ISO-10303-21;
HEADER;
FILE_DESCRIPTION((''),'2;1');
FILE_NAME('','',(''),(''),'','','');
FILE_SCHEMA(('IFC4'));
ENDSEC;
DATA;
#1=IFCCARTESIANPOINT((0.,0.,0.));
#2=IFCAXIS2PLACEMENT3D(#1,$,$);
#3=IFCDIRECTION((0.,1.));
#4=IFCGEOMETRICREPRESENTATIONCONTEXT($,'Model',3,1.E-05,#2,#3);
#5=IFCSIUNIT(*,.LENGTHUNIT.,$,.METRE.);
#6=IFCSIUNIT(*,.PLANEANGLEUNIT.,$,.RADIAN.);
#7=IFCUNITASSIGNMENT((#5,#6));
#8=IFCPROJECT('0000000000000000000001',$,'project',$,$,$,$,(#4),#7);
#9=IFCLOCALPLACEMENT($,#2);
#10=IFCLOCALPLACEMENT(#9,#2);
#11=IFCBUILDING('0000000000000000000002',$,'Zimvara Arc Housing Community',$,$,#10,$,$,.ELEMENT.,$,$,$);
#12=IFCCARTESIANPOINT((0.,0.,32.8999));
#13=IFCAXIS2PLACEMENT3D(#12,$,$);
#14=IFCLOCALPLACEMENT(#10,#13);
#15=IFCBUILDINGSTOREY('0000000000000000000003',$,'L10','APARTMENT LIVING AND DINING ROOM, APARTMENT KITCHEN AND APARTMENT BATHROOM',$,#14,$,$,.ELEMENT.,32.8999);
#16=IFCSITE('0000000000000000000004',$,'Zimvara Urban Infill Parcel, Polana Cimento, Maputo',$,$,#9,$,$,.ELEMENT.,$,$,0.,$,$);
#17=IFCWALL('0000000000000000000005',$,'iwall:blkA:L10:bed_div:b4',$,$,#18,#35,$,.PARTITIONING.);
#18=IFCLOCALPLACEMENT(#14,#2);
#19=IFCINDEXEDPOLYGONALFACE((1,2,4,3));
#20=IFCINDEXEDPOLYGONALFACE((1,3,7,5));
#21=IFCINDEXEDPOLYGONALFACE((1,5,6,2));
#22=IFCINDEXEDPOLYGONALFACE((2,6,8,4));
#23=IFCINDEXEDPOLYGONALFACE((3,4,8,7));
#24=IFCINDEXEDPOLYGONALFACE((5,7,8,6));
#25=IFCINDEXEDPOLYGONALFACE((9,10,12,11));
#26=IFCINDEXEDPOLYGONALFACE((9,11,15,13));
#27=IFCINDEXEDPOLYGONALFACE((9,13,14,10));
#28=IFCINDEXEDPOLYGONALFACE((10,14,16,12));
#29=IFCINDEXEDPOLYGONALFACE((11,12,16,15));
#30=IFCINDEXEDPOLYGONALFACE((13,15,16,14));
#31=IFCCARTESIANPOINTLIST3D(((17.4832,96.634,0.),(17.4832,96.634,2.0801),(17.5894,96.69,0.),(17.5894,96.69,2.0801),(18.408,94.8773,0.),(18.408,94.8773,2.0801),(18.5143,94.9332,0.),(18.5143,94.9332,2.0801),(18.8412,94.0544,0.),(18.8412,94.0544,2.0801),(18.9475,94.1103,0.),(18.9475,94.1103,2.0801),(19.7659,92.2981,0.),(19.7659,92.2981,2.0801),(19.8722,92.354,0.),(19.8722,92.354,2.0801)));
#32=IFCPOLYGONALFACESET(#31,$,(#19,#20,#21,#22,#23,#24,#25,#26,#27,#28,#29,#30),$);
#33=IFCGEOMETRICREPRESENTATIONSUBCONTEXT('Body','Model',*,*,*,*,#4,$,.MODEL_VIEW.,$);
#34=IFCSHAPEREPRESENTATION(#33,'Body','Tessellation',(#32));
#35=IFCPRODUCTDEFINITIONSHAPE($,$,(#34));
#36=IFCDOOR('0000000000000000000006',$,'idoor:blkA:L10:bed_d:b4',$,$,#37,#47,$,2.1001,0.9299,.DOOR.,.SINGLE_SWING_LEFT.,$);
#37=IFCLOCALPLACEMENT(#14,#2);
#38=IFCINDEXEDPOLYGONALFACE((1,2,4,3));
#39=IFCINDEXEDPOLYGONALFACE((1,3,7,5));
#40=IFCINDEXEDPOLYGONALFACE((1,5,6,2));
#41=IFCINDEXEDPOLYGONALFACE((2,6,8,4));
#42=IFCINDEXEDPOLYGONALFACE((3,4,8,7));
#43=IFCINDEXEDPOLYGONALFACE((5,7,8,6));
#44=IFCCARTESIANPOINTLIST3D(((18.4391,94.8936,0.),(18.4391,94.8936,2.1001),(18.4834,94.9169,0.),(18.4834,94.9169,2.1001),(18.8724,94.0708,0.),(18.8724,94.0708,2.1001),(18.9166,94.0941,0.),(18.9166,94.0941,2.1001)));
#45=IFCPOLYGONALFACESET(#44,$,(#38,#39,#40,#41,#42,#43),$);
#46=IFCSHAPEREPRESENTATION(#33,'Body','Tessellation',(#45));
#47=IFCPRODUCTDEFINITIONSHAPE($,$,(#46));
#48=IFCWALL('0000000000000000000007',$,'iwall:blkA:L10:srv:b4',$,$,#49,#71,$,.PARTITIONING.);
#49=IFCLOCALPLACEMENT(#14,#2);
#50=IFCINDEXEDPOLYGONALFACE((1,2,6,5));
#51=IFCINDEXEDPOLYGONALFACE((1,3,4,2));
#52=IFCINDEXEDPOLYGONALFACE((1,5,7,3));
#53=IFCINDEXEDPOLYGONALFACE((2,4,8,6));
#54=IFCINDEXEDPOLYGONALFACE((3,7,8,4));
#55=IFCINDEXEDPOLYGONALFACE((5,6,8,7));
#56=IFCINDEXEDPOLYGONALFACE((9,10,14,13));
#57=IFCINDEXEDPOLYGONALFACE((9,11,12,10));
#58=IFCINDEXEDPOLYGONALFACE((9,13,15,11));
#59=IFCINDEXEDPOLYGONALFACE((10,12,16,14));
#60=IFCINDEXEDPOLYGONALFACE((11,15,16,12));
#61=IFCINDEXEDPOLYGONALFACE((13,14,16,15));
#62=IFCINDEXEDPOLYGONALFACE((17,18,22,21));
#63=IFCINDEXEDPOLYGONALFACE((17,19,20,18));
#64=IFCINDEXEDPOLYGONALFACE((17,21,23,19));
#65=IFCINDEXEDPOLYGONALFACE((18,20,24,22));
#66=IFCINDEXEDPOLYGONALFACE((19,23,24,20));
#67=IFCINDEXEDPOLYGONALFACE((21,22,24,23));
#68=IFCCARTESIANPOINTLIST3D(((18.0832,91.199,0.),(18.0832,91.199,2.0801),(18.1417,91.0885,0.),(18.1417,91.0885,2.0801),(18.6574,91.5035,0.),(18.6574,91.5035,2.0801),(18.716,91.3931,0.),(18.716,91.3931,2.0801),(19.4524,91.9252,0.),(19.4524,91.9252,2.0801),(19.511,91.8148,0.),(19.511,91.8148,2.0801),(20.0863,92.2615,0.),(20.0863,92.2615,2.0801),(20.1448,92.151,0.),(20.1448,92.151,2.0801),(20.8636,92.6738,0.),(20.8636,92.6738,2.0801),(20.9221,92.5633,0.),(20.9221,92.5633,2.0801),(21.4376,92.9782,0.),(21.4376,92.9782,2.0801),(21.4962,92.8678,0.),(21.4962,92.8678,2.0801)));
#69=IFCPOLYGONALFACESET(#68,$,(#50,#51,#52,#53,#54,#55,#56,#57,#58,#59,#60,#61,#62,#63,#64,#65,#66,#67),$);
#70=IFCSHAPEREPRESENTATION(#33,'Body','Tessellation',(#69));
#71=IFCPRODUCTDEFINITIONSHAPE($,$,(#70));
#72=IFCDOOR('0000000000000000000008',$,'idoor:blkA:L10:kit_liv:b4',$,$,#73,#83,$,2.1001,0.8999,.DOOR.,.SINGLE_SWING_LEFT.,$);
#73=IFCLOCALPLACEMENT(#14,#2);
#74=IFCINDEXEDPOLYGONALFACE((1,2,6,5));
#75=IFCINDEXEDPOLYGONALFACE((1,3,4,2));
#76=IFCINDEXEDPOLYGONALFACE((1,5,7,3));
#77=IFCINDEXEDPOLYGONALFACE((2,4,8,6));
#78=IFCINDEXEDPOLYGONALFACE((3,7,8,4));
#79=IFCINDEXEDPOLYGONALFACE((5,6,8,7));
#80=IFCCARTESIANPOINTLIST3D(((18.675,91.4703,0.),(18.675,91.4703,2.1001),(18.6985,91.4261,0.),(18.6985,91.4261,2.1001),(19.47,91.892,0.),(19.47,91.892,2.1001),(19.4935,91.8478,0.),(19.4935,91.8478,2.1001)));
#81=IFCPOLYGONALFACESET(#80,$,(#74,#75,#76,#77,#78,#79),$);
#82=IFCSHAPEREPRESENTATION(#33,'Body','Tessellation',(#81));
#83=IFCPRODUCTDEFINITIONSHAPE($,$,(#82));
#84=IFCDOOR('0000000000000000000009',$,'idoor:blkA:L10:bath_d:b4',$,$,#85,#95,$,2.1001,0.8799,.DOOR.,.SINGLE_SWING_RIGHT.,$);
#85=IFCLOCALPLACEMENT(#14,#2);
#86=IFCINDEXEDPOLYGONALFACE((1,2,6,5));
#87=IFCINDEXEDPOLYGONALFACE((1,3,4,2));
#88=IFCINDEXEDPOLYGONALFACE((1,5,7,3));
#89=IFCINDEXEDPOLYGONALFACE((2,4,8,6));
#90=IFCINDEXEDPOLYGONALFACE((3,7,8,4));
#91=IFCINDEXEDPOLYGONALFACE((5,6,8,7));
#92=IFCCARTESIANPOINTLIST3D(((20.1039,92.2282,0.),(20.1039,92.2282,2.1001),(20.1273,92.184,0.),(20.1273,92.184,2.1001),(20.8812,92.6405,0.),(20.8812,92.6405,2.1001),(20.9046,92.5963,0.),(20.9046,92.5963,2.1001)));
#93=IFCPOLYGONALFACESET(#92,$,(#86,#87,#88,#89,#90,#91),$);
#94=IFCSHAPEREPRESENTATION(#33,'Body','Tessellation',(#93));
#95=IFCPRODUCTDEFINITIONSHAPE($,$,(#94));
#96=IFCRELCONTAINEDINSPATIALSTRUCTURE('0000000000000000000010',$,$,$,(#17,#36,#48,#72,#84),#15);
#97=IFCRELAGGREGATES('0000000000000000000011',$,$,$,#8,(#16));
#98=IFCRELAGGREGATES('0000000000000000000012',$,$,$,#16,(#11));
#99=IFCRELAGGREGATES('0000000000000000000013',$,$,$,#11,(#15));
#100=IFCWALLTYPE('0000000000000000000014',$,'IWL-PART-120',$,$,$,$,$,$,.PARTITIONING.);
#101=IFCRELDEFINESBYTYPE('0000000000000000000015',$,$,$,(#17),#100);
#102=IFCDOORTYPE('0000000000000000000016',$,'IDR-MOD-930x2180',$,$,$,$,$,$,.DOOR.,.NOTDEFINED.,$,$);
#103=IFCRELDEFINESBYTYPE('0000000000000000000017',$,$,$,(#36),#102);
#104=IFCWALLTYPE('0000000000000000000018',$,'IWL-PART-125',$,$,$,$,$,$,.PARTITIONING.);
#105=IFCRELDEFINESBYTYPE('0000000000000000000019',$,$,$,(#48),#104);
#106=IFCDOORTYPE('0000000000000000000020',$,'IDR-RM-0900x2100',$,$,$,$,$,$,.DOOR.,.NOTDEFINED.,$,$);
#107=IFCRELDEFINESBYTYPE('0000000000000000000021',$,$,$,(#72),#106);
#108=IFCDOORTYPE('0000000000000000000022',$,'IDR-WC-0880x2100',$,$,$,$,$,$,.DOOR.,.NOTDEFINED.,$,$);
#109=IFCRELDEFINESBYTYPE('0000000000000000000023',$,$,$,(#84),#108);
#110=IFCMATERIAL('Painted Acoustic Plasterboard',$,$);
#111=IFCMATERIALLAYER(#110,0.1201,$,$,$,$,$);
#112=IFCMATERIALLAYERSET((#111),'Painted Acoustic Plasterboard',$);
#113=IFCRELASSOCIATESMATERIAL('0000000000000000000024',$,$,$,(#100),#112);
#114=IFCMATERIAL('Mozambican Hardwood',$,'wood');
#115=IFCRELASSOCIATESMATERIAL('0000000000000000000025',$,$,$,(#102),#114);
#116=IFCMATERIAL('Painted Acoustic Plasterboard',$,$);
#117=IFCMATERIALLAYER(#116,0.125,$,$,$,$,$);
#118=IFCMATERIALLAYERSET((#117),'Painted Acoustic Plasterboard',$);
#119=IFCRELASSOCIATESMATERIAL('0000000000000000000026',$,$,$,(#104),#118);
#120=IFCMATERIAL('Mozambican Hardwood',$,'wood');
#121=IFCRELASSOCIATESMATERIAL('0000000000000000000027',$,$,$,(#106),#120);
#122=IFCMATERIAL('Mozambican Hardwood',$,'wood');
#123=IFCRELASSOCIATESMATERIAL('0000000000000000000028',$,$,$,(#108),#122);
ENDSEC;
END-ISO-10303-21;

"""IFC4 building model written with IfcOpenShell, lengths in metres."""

from ifc_helpers import new_model, si_unit, direction, frame, frame_2d, origin, place, context, subcontext, project, spatial, rectangle, extrude, material, layer, layer_set, type_object, element, fill, save


model = new_model("IFC4")

# Units and contexts
model_context = context("Model", 3, precision=1e-05, world=origin(), true_north=direction((0.0, 1.0)))
body_context = subcontext(model_context, "Body", "Model", "MODEL_VIEW")
ifc_project = project(units=[si_unit("LENGTHUNIT", "METRE"), si_unit("PLANEANGLEUNIT", "RADIAN")], contexts=[model_context])

# Site, building, storey
site_placement = place(None, origin())
site = spatial("IfcSite", under=ifc_project, at=site_placement, Name="Zimvara Urban Infill Parcel, Polana Cimento, Maputo", CompositionType="ELEMENT", RefElevation=0.0)
building_placement = place(site_placement, origin())
building = spatial("IfcBuilding", under=site, at=building_placement, Name="Zimvara Arc Housing Community", CompositionType="ELEMENT")
storey_placement = place(building_placement, frame((0.0, 0.0, 32.8999)))
storey = spatial("IfcBuildingStorey", under=building, at=storey_placement, Name="L10", Description="APARTMENT LIVING AND DINING ROOM, APARTMENT KITCHEN AND APARTMENT BATHROOM", CompositionType="ELEMENT", Elevation=32.8999)

# Wall, opening, door
ifc_material_1 = material(Name="Painted Acoustic Plasterboard")
ifc_layer_1 = layer(ifc_material_1, 0.1201)
ifc_layer_set_1 = layer_set([ifc_layer_1], Name="Painted Acoustic Plasterboard")
wall_type_1 = type_object("IfcWallType", Name="IWL-PART-120", PredefinedType="PARTITIONING", material=ifc_layer_set_1)
wall_1_placement = place(storey_placement, frame((19.8191, 92.3259, 0.0), z_axis=(0.0, 0.0, 1.0), x_axis=(-0.465849, 0.884864, 0.0)))
wall_1 = element("IfcWall", 1, at=wall_1_placement, inside=storey, type_object=wall_type_1, Name="iwall:blkA:L10:bed_div:b4", PredefinedType="PARTITIONING", context=body_context, shape_type="SweptSolid", body=[
    extrude(rectangle(XDim=4.9001, YDim=0.1201, at=frame_2d((2.4502, 0.0))), origin(), (0.0, 0.0, 1.0), 2.0801),
])
opening_1_placement = place(wall_1_placement, frame((1.9851, 0.0, 0.0)))
opening_1 = element("IfcOpeningElement", 2, at=opening_1_placement, cuts=wall_1, PredefinedType="OPENING", context=body_context, shape_type="SweptSolid", body=[
    extrude(rectangle(XDim=0.9299, YDim=2.1001, at=frame_2d((0.4648, 1.05))), frame((0.0, 0.0701, 0.0), z_axis=(0.0, -1.0, 0.0), x_axis=(1.0, 0.0, 0.0)), (0.0, 0.0, 1.0), 0.1401),
])
ifc_material_2 = material(Name="Mozambican Hardwood", Category="wood")
door_type_1 = type_object("IfcDoorType", Name="IDR-MOD-930x2180", OperationType="NOTDEFINED", PredefinedType="DOOR", material=ifc_material_2)
door_1_placement = place(opening_1_placement, origin())
door_1 = element("IfcDoor", 3, at=door_1_placement, inside=storey, type_object=door_type_1, Name="idoor:blkA:L10:bed_d:b4", OperationType="SINGLE_SWING_LEFT", OverallHeight=2.1001, OverallWidth=0.9299, PredefinedType="DOOR", context=body_context, shape_type="SweptSolid", body=[
    extrude(rectangle(XDim=0.9299, YDim=2.1001, at=frame_2d((0.4648, 1.05))), frame((0.0, 0.0249, 0.0), z_axis=(0.0, -1.0, 0.0), x_axis=(1.0, 0.0, 0.0)), (0.0, 0.0, 1.0), 0.05),
])
fill(opening_1, door_1)

# Wall, openings, doors
ifc_material_3 = material(Name="Painted Acoustic Plasterboard")
ifc_layer_2 = layer(ifc_material_3, 0.125)
ifc_layer_set_2 = layer_set([ifc_layer_2], Name="Painted Acoustic Plasterboard")
wall_type_2 = type_object("IfcWallType", Name="IWL-PART-125", PredefinedType="PARTITIONING", material=ifc_layer_set_2)
wall_2_placement = place(storey_placement, frame((18.1125, 91.1438, 0.0), z_axis=(0.0, 0.0, 1.0), x_axis=(0.883419, 0.468585, 0.0)))
wall_2 = element("IfcWall", 4, at=wall_2_placement, inside=storey, type_object=wall_type_2, Name="iwall:blkA:L10:srv:b4", PredefinedType="PARTITIONING", context=body_context, shape_type="SweptSolid", body=[
    extrude(rectangle(XDim=3.7971, YDim=0.125, at=frame_2d((1.8984, 0.0))), origin(), (0.0, 0.0, 1.0), 2.0801),
])
opening_2_placement = place(wall_2_placement, frame((0.6499, 0.0, 0.0)))
opening_2 = element("IfcOpeningElement", 5, at=opening_2_placement, cuts=wall_2, PredefinedType="OPENING", context=body_context, shape_type="SweptSolid", body=[
    extrude(rectangle(XDim=0.8999, YDim=2.1001, at=frame_2d((0.45, 1.05))), frame((0.0, 0.0725, 0.0), z_axis=(0.0, -1.0, 0.0), x_axis=(1.0, 0.0, 0.0)), (0.0, 0.0, 1.0), 0.145),
])
opening_3_placement = place(wall_2_placement, frame((2.2673, 0.0, 0.0)))
opening_3 = element("IfcOpeningElement", 6, at=opening_3_placement, cuts=wall_2, PredefinedType="OPENING", context=body_context, shape_type="SweptSolid", body=[
    extrude(rectangle(XDim=0.8799, YDim=2.1001, at=frame_2d((0.4399, 1.05))), frame((0.0, 0.0725, 0.0), z_axis=(0.0, -1.0, 0.0), x_axis=(1.0, 0.0, 0.0)), (0.0, 0.0, 1.0), 0.145),
])
ifc_material_4 = material(Name="Mozambican Hardwood", Category="wood")
door_type_2 = type_object("IfcDoorType", Name="IDR-RM-0900x2100", OperationType="NOTDEFINED", PredefinedType="DOOR", material=ifc_material_4)
door_2_placement = place(opening_2_placement, origin())
door_2 = element("IfcDoor", 7, at=door_2_placement, inside=storey, type_object=door_type_2, Name="idoor:blkA:L10:kit_liv:b4", OperationType="SINGLE_SWING_LEFT", OverallHeight=2.1001, OverallWidth=0.8999, PredefinedType="DOOR", context=body_context, shape_type="SweptSolid", body=[
    extrude(rectangle(XDim=0.8999, YDim=2.1001, at=frame_2d((0.45, 1.05))), frame((0.0, 0.0249, 0.0), z_axis=(0.0, -1.0, 0.0), x_axis=(1.0, 0.0, 0.0)), (0.0, 0.0, 1.0), 0.05),
])
fill(opening_2, door_2)
ifc_material_5 = material(Name="Mozambican Hardwood", Category="wood")
door_type_3 = type_object("IfcDoorType", Name="IDR-WC-0880x2100", OperationType="NOTDEFINED", PredefinedType="DOOR", material=ifc_material_5)
door_3_placement = place(opening_3_placement, origin())
door_3 = element("IfcDoor", 8, at=door_3_placement, inside=storey, type_object=door_type_3, Name="idoor:blkA:L10:bath_d:b4", OperationType="SINGLE_SWING_RIGHT", OverallHeight=2.1001, OverallWidth=0.8799, PredefinedType="DOOR", context=body_context, shape_type="SweptSolid", body=[
    extrude(rectangle(XDim=0.8799, YDim=2.1001, at=frame_2d((0.4399, 1.05))), frame((0.0, 0.0249, 0.0), z_axis=(0.0, -1.0, 0.0), x_axis=(1.0, 0.0, 0.0)), (0.0, 0.0, 1.0), 0.05),
])
fill(opening_3, door_3)

save(model, "model.ifc")
